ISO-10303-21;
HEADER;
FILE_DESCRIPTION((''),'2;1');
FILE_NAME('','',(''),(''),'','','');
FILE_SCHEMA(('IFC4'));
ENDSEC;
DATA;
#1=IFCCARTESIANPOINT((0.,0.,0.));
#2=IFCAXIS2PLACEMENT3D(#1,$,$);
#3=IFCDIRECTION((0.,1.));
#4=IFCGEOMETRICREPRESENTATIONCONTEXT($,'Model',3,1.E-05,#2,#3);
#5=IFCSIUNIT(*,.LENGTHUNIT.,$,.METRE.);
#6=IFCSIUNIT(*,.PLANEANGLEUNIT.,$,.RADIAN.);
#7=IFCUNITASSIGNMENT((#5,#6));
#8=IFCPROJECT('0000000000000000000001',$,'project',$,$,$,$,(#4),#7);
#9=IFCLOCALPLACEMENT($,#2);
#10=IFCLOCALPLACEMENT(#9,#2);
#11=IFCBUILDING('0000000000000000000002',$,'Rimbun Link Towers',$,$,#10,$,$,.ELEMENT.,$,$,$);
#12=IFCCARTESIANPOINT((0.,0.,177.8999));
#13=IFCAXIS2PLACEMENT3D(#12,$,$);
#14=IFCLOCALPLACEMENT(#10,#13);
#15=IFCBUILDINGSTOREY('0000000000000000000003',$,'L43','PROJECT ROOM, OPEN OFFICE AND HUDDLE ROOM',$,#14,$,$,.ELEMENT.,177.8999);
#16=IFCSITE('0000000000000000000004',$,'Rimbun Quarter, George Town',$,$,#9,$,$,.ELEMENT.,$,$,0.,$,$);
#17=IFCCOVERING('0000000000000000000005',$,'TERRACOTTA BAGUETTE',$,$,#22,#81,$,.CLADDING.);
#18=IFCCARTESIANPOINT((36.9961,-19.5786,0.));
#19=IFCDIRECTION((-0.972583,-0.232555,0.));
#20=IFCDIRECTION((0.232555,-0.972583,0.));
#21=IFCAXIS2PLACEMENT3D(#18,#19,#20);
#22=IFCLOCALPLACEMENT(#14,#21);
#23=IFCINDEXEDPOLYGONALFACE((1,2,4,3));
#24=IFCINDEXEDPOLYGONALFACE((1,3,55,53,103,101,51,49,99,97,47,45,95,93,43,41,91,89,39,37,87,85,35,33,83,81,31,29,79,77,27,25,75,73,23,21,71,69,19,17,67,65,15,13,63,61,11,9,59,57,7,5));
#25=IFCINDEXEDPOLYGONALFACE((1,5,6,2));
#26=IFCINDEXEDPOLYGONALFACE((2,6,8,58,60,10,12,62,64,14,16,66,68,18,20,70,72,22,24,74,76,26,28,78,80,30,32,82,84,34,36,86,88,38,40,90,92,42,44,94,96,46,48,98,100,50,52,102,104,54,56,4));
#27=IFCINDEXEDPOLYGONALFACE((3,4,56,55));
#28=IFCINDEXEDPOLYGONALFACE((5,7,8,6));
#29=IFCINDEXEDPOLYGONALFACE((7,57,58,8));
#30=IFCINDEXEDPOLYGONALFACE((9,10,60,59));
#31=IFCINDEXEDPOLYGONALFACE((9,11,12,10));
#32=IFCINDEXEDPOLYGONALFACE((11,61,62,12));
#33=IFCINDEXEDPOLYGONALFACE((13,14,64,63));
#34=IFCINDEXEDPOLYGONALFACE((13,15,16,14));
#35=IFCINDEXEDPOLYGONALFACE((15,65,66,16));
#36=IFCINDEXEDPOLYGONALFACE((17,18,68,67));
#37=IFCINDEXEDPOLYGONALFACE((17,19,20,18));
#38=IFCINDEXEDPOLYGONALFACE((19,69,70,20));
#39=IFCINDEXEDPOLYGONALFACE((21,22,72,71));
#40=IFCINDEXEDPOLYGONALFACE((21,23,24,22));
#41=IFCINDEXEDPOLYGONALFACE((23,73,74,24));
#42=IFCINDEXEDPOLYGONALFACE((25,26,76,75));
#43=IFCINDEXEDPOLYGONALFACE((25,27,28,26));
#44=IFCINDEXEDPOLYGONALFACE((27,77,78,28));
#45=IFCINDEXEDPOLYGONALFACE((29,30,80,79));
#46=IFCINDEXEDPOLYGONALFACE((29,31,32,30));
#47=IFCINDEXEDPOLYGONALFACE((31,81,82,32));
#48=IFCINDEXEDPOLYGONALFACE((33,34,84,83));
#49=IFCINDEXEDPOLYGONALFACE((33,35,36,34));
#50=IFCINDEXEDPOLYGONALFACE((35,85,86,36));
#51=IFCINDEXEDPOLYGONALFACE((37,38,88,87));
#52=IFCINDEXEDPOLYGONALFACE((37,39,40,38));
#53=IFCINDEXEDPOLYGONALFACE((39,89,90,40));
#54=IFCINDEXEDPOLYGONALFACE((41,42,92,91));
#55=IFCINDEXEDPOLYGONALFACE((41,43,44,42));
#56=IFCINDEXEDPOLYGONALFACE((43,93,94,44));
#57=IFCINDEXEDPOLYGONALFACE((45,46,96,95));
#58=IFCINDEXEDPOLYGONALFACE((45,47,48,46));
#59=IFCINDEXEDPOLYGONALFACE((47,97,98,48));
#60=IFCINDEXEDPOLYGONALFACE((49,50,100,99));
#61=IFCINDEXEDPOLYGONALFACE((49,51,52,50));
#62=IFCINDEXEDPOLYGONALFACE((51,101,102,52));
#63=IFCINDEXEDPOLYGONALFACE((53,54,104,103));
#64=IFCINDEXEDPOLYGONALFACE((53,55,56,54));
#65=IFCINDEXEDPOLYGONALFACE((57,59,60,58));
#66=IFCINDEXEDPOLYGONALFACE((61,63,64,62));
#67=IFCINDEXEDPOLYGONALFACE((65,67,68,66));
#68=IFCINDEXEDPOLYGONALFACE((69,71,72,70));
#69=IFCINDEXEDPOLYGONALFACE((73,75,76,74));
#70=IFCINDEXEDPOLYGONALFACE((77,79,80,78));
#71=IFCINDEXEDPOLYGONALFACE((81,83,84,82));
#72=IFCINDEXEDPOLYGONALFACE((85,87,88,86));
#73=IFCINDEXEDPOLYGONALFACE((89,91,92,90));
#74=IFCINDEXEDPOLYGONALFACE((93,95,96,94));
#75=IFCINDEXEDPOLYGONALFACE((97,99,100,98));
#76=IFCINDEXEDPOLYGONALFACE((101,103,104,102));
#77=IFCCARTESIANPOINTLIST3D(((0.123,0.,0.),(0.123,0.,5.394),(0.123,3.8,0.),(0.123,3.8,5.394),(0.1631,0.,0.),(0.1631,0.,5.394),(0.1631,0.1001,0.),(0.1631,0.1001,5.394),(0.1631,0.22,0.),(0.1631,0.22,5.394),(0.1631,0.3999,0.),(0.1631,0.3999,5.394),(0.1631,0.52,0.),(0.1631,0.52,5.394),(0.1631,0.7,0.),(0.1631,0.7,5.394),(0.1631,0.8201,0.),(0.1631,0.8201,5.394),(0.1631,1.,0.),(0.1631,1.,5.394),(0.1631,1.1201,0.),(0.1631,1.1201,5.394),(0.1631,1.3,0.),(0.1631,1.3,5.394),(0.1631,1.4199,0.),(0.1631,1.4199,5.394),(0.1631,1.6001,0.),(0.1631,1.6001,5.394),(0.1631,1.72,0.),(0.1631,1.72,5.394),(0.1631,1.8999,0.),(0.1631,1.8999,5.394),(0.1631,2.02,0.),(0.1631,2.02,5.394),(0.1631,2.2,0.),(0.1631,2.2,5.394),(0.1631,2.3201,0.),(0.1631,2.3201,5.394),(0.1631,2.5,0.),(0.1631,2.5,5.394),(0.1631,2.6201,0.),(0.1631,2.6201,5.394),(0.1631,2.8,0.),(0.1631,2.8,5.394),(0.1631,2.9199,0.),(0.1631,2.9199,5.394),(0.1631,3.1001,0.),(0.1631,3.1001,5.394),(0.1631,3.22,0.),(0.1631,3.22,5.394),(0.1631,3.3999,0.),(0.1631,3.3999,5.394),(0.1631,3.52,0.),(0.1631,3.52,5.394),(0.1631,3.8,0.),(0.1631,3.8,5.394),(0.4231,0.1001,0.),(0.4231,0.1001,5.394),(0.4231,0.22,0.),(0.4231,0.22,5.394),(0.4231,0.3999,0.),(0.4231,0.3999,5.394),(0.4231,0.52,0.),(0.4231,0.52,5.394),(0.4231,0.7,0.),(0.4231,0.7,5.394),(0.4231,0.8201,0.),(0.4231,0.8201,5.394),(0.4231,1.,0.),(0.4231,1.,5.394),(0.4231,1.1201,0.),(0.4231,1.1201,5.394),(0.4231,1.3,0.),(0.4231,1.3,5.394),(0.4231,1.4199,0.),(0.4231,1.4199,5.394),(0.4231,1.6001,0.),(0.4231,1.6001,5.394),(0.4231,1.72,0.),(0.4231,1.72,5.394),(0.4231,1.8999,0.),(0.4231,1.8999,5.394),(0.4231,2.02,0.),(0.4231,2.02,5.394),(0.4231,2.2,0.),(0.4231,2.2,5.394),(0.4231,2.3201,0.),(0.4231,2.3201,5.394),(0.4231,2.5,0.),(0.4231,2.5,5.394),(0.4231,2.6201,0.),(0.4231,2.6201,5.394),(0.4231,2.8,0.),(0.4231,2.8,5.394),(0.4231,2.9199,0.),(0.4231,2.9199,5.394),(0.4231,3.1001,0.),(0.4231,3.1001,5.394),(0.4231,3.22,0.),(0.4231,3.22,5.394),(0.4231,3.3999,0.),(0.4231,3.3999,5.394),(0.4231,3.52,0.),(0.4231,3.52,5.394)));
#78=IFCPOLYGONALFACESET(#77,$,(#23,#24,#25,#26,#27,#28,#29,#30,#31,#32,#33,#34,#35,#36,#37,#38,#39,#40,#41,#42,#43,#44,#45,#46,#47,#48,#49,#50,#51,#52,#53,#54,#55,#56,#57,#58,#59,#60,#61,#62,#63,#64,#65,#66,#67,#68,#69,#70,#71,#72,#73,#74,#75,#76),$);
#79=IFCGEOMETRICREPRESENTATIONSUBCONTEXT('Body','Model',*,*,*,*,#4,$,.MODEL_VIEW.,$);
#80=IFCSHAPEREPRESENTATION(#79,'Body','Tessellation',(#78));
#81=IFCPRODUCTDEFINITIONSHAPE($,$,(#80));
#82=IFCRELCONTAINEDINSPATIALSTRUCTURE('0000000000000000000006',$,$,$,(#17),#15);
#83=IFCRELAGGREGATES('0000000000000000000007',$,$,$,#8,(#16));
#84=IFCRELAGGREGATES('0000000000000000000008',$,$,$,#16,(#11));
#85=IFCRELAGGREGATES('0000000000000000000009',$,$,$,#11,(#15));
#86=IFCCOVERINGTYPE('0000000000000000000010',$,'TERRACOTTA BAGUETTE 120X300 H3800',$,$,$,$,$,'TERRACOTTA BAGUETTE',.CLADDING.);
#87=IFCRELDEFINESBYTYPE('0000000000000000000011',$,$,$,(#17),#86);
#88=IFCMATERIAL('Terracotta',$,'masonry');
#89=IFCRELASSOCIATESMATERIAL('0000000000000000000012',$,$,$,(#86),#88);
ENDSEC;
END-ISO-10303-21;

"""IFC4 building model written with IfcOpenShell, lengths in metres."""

from ifc_helpers import new_model, si_unit, direction, frame, origin, place, context, subcontext, project, spatial, polyline, outline, extrude, material, material_profile, profile_set, type_object, element, save


model = new_model("IFC4")

# Units and contexts
model_context = context("Model", 3, precision=1e-05, world=origin(), true_north=direction((0.0, 1.0)))
body_context = subcontext(model_context, "Body", "Model", "MODEL_VIEW")
ifc_project = project(units=[si_unit("LENGTHUNIT", "METRE"), si_unit("PLANEANGLEUNIT", "RADIAN")], contexts=[model_context])

# Site, building, storey
site_placement = place(None, origin())
site = spatial("IfcSite", under=ifc_project, at=site_placement, Name="Rimbun Quarter, George Town", CompositionType="ELEMENT", RefElevation=0.0)
building_placement = place(site_placement, origin())
building = spatial("IfcBuilding", under=site, at=building_placement, Name="Rimbun Link Towers", CompositionType="ELEMENT")
storey_placement = place(building_placement, frame((0.0, 0.0, 177.8999)))
storey = spatial("IfcBuildingStorey", under=building, at=storey_placement, Name="L43", Description="PROJECT ROOM, OPEN OFFICE AND HUDDLE ROOM", CompositionType="ELEMENT", Elevation=177.8999)

# Covering
ifc_material_1 = material(Name="Terracotta", Category="masonry")
ifc_material_profile_1 = material_profile(ifc_material_1, outline(polyline([(0.123, 0.0), (0.1631, 0.0), (0.1631, 0.1001), (0.4231, 0.1001), (0.4231, 0.22), (0.1631, 0.22), (0.1631, 0.3999), (0.4231, 0.3999), (0.4231, 0.52), (0.1631, 0.52), (0.1631, 0.7), (0.4231, 0.7), (0.4231, 0.8201), (0.1631, 0.8201), (0.1631, 1.0), (0.4231, 1.0), (0.4231, 1.1201), (0.1631, 1.1201), (0.1631, 1.3), (0.4231, 1.3), (0.4231, 1.4199), (0.1631, 1.4199), (0.1631, 1.6001), (0.4231, 1.6001), (0.4231, 1.72), (0.1631, 1.72), (0.1631, 1.8999), (0.4231, 1.8999), (0.4231, 2.02), (0.1631, 2.02), (0.1631, 2.2), (0.4231, 2.2), (0.4231, 2.3201), (0.1631, 2.3201), (0.1631, 2.5), (0.4231, 2.5), (0.4231, 2.6201), (0.1631, 2.6201), (0.1631, 2.8), (0.4231, 2.8), (0.4231, 2.9199), (0.1631, 2.9199), (0.1631, 3.1001), (0.4231, 3.1001), (0.4231, 3.22), (0.1631, 3.22), (0.1631, 3.3999), (0.4231, 3.3999), (0.4231, 3.52), (0.1631, 3.52), (0.1631, 3.8), (0.123, 3.8), (0.123, 0.0)])), Name="BAGUETTE 120X300")
ifc_profile_set_1 = profile_set([ifc_material_profile_1], Name="Terracotta")
covering_type = type_object("IfcCoveringType", Name="TERRACOTTA BAGUETTE 120X300 H3800", ElementType="TERRACOTTA BAGUETTE", PredefinedType="CLADDING", material=ifc_profile_set_1)
covering_1_placement = place(storey_placement, frame((36.9961, -19.5786, 0.0), z_axis=(-0.972583, -0.232555, 0.0), x_axis=(0.232555, -0.972583, 0.0)))
element("IfcCovering", 1, at=covering_1_placement, inside=storey, type_object=covering_type, Name="TERRACOTTA BAGUETTE", PredefinedType="CLADDING", context=body_context, shape_type="SweptSolid", body=[
    extrude(outline(polyline([(0.123, 0.0), (0.1631, 0.0), (0.1631, 0.1001), (0.4231, 0.1001), (0.4231, 0.22), (0.1631, 0.22), (0.1631, 0.3999), (0.4231, 0.3999), (0.4231, 0.52), (0.1631, 0.52), (0.1631, 0.7), (0.4231, 0.7), (0.4231, 0.8201), (0.1631, 0.8201), (0.1631, 1.0), (0.4231, 1.0), (0.4231, 1.1201), (0.1631, 1.1201), (0.1631, 1.3), (0.4231, 1.3), (0.4231, 1.4199), (0.1631, 1.4199), (0.1631, 1.6001), (0.4231, 1.6001), (0.4231, 1.72), (0.1631, 1.72), (0.1631, 1.8999), (0.4231, 1.8999), (0.4231, 2.02), (0.1631, 2.02), (0.1631, 2.2), (0.4231, 2.2), (0.4231, 2.3201), (0.1631, 2.3201), (0.1631, 2.5), (0.4231, 2.5), (0.4231, 2.6201), (0.1631, 2.6201), (0.1631, 2.8), (0.4231, 2.8), (0.4231, 2.9199), (0.1631, 2.9199), (0.1631, 3.1001), (0.4231, 3.1001), (0.4231, 3.22), (0.1631, 3.22), (0.1631, 3.3999), (0.4231, 3.3999), (0.4231, 3.52), (0.1631, 3.52), (0.1631, 3.8), (0.123, 3.8), (0.123, 0.0)])), origin(), (0.0, 0.0, 1.0), 5.394),
])

save(model, "model.ifc")
